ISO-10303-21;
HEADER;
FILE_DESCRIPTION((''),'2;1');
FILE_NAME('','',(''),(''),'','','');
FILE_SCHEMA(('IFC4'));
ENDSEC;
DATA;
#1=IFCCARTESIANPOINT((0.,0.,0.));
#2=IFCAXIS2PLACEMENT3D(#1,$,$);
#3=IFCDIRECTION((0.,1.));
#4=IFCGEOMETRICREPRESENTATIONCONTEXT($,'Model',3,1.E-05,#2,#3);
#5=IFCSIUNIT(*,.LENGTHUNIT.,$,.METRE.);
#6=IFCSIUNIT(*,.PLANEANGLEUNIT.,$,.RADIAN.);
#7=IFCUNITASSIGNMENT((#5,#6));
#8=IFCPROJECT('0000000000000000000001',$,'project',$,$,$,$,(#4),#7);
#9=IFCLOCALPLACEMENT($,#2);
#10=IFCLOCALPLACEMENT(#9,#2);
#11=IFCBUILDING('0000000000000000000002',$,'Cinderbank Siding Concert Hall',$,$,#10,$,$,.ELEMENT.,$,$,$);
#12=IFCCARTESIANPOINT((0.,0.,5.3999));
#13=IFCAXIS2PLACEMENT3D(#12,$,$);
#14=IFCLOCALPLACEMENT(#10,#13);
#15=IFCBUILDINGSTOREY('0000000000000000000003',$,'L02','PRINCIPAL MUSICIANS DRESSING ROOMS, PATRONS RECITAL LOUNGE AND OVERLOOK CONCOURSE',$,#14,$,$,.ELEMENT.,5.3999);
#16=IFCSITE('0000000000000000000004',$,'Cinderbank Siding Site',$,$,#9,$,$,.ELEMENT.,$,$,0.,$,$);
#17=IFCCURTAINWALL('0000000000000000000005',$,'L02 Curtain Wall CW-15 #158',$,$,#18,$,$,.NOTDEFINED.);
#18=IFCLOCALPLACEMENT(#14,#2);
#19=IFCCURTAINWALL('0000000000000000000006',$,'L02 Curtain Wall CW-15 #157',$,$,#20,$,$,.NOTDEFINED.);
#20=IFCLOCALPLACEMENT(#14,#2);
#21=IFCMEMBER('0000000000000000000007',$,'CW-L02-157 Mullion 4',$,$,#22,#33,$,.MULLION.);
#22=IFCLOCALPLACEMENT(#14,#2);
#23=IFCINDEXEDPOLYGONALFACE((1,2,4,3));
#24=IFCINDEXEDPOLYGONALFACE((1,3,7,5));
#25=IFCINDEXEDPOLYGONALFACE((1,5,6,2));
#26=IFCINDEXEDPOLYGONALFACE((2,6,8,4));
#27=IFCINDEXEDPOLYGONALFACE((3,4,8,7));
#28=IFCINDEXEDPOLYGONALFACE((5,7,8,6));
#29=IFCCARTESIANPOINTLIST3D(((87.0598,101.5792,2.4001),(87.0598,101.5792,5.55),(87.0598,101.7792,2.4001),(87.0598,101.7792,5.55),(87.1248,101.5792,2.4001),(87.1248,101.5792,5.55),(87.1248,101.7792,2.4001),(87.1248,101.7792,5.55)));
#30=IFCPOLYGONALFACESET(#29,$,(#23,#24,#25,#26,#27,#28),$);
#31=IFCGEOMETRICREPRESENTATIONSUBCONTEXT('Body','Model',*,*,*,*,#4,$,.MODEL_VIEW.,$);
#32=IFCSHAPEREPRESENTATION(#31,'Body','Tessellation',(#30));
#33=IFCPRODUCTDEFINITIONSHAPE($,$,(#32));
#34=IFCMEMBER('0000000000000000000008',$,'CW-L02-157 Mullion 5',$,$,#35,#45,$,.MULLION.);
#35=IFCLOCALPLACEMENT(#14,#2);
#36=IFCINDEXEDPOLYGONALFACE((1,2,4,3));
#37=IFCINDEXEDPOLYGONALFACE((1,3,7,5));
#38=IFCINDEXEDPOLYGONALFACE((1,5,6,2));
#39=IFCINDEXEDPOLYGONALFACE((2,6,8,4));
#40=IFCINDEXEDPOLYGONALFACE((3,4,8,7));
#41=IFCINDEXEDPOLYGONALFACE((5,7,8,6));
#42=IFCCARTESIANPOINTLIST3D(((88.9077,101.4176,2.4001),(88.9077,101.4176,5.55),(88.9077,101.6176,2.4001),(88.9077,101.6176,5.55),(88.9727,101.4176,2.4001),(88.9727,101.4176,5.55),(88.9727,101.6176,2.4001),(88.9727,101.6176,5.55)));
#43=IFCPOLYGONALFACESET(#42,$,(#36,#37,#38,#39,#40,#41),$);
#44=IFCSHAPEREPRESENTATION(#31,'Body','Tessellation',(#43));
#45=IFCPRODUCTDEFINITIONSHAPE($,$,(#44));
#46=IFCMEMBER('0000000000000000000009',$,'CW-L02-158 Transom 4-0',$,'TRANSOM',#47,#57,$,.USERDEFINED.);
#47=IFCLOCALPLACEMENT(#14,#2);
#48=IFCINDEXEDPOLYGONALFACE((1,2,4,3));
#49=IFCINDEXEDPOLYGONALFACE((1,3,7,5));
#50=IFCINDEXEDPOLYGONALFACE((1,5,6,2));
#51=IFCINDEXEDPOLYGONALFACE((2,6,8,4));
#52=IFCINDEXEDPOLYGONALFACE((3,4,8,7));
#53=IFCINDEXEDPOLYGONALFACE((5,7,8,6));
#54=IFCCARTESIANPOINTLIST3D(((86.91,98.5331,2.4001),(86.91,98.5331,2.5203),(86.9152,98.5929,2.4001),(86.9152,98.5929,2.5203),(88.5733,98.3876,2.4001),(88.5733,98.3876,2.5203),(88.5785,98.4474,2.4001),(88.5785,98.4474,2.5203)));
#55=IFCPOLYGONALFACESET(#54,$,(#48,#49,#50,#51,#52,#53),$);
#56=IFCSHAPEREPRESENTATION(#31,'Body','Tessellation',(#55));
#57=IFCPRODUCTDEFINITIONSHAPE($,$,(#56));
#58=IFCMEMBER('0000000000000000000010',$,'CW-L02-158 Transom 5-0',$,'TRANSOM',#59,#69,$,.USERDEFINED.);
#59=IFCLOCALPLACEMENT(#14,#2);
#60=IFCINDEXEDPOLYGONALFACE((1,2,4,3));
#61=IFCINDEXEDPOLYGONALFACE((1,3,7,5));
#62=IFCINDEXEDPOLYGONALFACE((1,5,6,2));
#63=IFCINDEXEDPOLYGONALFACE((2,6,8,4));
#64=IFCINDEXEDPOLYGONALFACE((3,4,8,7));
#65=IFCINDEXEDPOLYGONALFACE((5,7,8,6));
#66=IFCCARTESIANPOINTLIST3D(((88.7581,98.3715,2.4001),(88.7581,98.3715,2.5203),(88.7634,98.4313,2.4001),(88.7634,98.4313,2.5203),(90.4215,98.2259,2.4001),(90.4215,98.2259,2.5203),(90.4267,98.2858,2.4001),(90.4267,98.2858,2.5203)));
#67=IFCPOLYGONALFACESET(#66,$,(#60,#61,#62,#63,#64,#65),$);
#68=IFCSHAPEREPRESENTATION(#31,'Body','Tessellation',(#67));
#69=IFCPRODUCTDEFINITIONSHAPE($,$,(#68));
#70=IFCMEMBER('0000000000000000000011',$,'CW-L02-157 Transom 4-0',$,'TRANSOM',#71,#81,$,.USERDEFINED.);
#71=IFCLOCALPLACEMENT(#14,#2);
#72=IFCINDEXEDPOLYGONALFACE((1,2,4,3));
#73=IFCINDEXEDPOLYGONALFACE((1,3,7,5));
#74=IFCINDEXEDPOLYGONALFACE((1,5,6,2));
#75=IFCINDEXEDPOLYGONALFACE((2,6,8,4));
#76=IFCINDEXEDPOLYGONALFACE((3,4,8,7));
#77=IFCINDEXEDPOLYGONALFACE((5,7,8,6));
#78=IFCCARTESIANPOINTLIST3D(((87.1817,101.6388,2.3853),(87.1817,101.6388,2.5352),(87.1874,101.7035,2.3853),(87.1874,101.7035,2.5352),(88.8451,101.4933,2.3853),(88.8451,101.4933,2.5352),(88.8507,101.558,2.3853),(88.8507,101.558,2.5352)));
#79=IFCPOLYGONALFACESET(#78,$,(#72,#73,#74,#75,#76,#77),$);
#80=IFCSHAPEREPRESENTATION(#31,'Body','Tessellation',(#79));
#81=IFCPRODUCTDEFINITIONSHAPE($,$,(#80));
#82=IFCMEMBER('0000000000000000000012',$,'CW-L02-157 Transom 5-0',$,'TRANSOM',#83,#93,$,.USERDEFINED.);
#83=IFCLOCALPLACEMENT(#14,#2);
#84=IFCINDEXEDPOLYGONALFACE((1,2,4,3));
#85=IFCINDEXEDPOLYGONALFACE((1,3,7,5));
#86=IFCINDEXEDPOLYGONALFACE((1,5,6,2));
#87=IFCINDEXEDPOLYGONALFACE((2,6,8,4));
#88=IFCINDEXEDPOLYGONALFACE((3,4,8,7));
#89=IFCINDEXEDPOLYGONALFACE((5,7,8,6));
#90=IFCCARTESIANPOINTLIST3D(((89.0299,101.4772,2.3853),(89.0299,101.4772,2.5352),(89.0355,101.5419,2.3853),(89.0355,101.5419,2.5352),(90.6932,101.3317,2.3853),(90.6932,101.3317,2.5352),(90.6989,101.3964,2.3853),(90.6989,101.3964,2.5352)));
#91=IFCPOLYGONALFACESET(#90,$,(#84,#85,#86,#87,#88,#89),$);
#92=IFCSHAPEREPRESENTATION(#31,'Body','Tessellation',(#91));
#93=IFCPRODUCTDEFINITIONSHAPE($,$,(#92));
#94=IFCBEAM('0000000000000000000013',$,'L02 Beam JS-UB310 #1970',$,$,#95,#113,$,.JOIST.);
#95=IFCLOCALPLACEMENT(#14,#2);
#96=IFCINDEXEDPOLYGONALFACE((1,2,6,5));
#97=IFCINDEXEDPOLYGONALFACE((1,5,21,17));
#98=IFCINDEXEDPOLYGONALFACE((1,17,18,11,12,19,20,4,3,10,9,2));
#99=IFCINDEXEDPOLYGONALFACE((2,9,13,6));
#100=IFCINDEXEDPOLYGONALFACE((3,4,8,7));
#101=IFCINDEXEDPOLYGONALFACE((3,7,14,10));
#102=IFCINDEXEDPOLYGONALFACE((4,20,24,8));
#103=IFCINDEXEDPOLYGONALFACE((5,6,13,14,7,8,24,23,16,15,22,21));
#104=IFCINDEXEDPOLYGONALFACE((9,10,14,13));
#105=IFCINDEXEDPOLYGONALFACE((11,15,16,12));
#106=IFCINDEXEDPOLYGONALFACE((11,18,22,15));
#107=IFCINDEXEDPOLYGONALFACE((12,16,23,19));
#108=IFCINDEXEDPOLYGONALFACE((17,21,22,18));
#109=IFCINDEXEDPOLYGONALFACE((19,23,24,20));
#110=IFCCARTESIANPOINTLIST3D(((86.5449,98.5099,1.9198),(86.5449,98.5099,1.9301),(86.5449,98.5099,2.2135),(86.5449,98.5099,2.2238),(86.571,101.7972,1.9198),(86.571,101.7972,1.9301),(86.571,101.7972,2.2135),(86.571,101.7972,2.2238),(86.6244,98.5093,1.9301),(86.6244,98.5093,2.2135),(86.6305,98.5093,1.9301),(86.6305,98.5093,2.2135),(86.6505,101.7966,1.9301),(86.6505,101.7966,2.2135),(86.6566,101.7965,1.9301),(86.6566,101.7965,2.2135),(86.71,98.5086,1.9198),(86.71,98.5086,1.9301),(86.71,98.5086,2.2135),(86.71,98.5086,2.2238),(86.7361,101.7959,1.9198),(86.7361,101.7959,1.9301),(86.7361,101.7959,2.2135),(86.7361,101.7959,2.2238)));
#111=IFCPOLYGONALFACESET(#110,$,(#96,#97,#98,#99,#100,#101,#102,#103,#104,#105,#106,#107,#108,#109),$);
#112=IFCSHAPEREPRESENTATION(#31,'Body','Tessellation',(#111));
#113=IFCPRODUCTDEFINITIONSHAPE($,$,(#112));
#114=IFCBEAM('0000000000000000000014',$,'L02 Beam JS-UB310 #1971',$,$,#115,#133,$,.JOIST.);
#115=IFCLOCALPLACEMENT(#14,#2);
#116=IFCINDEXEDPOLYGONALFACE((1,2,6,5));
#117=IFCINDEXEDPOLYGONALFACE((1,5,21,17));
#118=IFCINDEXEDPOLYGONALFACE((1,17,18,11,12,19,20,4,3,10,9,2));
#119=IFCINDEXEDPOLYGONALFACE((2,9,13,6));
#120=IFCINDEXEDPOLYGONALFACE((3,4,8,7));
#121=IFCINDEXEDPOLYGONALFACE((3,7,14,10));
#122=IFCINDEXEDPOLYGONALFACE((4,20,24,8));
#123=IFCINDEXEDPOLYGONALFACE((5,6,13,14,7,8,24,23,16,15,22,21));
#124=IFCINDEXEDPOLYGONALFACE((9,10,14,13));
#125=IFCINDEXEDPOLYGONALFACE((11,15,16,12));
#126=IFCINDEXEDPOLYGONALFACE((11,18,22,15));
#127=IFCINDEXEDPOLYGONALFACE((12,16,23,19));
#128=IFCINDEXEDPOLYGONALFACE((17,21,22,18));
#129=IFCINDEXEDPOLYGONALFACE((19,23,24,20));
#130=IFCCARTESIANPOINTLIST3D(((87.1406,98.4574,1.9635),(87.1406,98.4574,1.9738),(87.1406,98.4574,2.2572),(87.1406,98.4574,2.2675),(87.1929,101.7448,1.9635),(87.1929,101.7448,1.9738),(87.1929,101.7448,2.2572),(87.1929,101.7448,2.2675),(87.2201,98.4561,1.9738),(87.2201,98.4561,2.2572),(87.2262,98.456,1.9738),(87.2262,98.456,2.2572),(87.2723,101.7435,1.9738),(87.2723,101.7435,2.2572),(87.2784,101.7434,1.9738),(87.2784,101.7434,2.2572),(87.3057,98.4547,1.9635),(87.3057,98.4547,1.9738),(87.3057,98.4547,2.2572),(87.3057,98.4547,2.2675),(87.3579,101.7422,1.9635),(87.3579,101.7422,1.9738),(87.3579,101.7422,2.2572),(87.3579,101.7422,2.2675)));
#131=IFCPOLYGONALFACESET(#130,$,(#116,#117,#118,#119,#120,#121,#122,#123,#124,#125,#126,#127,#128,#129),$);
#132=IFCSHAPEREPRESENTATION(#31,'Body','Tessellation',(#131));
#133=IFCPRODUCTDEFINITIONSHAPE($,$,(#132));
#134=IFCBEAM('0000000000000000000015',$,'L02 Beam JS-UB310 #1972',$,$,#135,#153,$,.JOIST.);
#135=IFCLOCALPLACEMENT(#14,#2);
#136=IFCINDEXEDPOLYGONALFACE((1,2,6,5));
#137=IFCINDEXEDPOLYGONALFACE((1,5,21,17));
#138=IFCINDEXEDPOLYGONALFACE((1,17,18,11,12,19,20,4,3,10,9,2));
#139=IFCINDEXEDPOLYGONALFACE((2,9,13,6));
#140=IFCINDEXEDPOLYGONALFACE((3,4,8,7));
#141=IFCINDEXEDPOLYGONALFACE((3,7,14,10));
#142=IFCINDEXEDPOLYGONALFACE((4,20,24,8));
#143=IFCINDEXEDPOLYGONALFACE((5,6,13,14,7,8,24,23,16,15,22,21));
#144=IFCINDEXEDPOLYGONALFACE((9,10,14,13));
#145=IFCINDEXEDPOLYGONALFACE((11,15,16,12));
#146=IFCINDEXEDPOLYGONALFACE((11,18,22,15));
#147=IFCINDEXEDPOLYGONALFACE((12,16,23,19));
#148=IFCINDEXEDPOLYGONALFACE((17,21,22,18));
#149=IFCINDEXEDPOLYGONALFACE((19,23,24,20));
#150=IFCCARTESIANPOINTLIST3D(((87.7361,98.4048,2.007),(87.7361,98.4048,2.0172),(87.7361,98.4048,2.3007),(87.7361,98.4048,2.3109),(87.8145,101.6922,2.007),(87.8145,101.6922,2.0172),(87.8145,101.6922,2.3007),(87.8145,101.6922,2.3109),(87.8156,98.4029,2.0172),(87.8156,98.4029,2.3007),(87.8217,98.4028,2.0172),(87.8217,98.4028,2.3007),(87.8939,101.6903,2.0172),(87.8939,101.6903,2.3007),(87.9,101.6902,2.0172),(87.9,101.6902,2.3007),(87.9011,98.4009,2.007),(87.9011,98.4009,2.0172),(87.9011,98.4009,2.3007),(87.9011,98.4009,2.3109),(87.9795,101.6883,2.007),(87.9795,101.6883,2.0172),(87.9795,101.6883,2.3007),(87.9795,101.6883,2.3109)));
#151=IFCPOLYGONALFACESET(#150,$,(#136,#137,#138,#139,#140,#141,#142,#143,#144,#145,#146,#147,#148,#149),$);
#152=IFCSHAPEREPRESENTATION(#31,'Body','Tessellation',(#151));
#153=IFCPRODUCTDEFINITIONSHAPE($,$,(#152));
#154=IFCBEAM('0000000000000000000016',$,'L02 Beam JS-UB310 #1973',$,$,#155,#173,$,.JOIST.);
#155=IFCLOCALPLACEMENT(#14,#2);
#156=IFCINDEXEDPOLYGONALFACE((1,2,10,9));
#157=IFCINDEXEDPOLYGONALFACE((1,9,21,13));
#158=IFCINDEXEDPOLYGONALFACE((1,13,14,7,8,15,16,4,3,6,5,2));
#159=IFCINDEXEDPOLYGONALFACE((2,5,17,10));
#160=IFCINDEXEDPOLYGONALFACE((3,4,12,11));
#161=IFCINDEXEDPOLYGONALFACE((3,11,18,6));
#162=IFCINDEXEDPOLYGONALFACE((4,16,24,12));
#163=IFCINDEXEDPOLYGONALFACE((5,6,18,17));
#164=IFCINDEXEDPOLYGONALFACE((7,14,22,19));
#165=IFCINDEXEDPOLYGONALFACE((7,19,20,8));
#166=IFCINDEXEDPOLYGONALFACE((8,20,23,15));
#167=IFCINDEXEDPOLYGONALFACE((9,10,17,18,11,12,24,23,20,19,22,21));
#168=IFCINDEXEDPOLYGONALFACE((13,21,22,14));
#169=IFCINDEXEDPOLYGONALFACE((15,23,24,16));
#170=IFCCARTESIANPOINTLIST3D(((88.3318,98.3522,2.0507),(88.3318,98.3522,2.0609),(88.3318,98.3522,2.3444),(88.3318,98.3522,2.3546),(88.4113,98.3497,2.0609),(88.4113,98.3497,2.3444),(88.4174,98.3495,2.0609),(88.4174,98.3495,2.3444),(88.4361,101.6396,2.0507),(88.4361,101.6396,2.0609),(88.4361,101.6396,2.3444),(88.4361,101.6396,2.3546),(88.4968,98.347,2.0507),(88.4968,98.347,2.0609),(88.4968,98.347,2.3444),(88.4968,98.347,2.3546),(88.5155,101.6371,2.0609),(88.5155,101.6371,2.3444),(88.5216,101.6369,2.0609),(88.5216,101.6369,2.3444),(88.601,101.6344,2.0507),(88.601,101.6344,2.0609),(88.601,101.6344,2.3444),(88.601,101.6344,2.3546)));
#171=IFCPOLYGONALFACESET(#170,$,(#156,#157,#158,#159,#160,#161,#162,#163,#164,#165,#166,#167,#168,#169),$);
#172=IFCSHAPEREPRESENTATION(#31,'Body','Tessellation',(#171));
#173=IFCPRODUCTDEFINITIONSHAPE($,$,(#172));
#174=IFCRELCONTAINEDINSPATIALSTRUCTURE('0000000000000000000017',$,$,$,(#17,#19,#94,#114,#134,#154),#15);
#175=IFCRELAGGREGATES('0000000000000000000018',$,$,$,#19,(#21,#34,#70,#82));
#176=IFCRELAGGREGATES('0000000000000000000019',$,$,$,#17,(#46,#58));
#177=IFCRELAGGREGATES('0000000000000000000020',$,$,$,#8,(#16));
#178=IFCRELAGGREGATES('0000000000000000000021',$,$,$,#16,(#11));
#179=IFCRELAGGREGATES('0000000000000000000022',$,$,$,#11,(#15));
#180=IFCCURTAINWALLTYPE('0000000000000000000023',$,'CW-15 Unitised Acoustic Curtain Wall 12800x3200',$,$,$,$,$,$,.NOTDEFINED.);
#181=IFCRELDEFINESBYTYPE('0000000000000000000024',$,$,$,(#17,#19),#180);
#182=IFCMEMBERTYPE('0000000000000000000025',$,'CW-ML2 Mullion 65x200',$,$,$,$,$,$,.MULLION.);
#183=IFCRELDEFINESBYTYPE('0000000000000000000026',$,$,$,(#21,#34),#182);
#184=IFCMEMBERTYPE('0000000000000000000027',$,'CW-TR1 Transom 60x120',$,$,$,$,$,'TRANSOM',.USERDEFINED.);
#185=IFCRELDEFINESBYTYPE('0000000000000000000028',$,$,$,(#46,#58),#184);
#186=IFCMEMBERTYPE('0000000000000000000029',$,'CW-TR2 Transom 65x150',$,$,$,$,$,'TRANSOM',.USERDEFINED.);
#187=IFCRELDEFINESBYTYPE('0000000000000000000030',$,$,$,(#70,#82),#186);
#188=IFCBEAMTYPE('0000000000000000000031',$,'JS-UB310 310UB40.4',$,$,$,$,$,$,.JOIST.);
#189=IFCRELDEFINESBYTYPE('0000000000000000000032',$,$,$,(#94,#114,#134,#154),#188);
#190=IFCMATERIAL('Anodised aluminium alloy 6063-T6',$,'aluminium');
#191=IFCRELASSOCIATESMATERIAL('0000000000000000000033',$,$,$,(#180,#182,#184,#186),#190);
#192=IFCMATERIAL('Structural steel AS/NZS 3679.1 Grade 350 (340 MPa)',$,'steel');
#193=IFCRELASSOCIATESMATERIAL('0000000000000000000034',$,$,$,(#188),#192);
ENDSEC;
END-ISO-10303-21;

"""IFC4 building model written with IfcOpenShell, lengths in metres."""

from ifc_helpers import new_model, si_unit, direction, frame, origin, origin_2d, place, context, subcontext, project, spatial, rectangle, i_section, extrude, material, material_profile, profile_set, type_object, element, aggregate, save


model = new_model("IFC4")

# Units and contexts
model_context = context("Model", 3, precision=1e-05, world=origin(), true_north=direction((0.0, 1.0)))
body_context = subcontext(model_context, "Body", "Model", "MODEL_VIEW")
ifc_project = project(units=[si_unit("LENGTHUNIT", "METRE"), si_unit("PLANEANGLEUNIT", "RADIAN")], contexts=[model_context])

# Site, building, storey
site_placement = place(None, origin())
site = spatial("IfcSite", under=ifc_project, at=site_placement, Name="Cinderbank Siding Site", CompositionType="ELEMENT", RefElevation=0.0)
building_placement = place(site_placement, origin())
building = spatial("IfcBuilding", under=site, at=building_placement, Name="Cinderbank Siding Concert Hall", CompositionType="ELEMENT")
storey_placement = place(building_placement, frame((0.0, 0.0, 5.3999)))
storey = spatial("IfcBuildingStorey", under=building, at=storey_placement, Name="L02", Description="PRINCIPAL MUSICIANS DRESSING ROOMS, PATRONS RECITAL LOUNGE AND OVERLOOK CONCOURSE", CompositionType="ELEMENT", Elevation=5.3999)

# Curtain walls, members
ifc_material_1 = material(Name="Anodised aluminium alloy 6063-T6", Category="aluminium")
curtain_wall_type = type_object("IfcCurtainWallType", Name="CW-15 Unitised Acoustic Curtain Wall 12800x3200", PredefinedType="NOTDEFINED", material=ifc_material_1)
curtain_wall_1_placement = place(storey_placement, origin())
curtain_wall_1 = element("IfcCurtainWall", 1, at=curtain_wall_1_placement, inside=storey, type_object=curtain_wall_type, Name="L02 Curtain Wall CW-15 #158", PredefinedType="NOTDEFINED")
curtain_wall_2_placement = place(storey_placement, origin())
curtain_wall_2 = element("IfcCurtainWall", 2, at=curtain_wall_2_placement, inside=storey, type_object=curtain_wall_type, Name="L02 Curtain Wall CW-15 #157", PredefinedType="NOTDEFINED")
ifc_material_profile_1 = material_profile(ifc_material_1, rectangle(XDim=0.0649, YDim=0.2, at=origin_2d()), Name="ALU-MULL-65x200", Category="LoadBearing")
ifc_profile_set_1 = profile_set([ifc_material_profile_1], Name="Anodised aluminium alloy 6063-T6")
member_type_1 = type_object("IfcMemberType", Name="CW-ML2 Mullion 65x200", PredefinedType="MULLION", material=ifc_profile_set_1)
member_1_placement = place(storey_placement, frame((87.0923, 101.6792, 2.4001), z_axis=(0.0, 0.0, 1.0), x_axis=(1.0, 0.0, 0.0)))
member_1 = element("IfcMember", 3, at=member_1_placement, type_object=member_type_1, Name="CW-L02-157 Mullion 4", PredefinedType="MULLION", context=body_context, shape_type="SweptSolid", body=[
    extrude(rectangle(XDim=0.0649, YDim=0.2, at=origin_2d()), origin(), (0.0, 0.0, 1.0), 3.1499),
])
member_2_placement = place(storey_placement, frame((88.9402, 101.5176, 2.4001), z_axis=(0.0, 0.0, 1.0), x_axis=(1.0, 0.0, 0.0)))
member_2 = element("IfcMember", 4, at=member_2_placement, type_object=member_type_1, Name="CW-L02-157 Mullion 5", PredefinedType="MULLION", context=body_context, shape_type="SweptSolid", body=[
    extrude(rectangle(XDim=0.0649, YDim=0.2, at=origin_2d()), origin(), (0.0, 0.0, 1.0), 3.1499),
])

# Members
ifc_material_profile_2 = material_profile(ifc_material_1, rectangle(XDim=0.0601, YDim=0.1201, at=origin_2d()), Name="ALU-TRAN-60x120", Category="LoadBearing")
ifc_profile_set_2 = profile_set([ifc_material_profile_2], Name="Anodised aluminium alloy 6063-T6")
member_type_2 = type_object("IfcMemberType", Name="CW-TR1 Transom 60x120", ElementType="TRANSOM", PredefinedType="USERDEFINED", material=ifc_profile_set_2)
member_3_placement = place(storey_placement, frame((86.9126, 98.563, 2.4602), z_axis=(0.996195, -0.087147, 0.0), x_axis=(0.087147, 0.996195, 0.0)))
member_3 = element("IfcMember", 5, at=member_3_placement, type_object=member_type_2, Name="CW-L02-158 Transom 4-0", ObjectType="TRANSOM", PredefinedType="USERDEFINED", context=body_context, shape_type="SweptSolid", body=[
    extrude(rectangle(XDim=0.0601, YDim=0.1201, at=origin_2d()), origin(), (0.0, 0.0, 1.0), 1.6697),
])
member_4_placement = place(storey_placement, frame((88.7607, 98.4014, 2.4602), z_axis=(0.996195, -0.087147, 0.0), x_axis=(0.087147, 0.996195, 0.0)))
member_4 = element("IfcMember", 6, at=member_4_placement, type_object=member_type_2, Name="CW-L02-158 Transom 5-0", ObjectType="TRANSOM", PredefinedType="USERDEFINED", context=body_context, shape_type="SweptSolid", body=[
    extrude(rectangle(XDim=0.0601, YDim=0.1201, at=origin_2d()), origin(), (0.0, 0.0, 1.0), 1.6697),
])
ifc_material_profile_3 = material_profile(ifc_material_1, rectangle(XDim=0.0649, YDim=0.1499, at=origin_2d()), Name="ALU-TRAN-65x150", Category="LoadBearing")
ifc_profile_set_3 = profile_set([ifc_material_profile_3], Name="Anodised aluminium alloy 6063-T6")
member_type_3 = type_object("IfcMemberType", Name="CW-TR2 Transom 65x150", ElementType="TRANSOM", PredefinedType="USERDEFINED", material=ifc_profile_set_3)
member_5_placement = place(storey_placement, frame((87.1846, 101.6711, 2.4602), z_axis=(0.996195, -0.087147, 0.0), x_axis=(0.087147, 0.996195, 0.0)))
member_5 = element("IfcMember", 7, at=member_5_placement, type_object=member_type_3, Name="CW-L02-157 Transom 4-0", ObjectType="TRANSOM", PredefinedType="USERDEFINED", context=body_context, shape_type="SweptSolid", body=[
    extrude(rectangle(XDim=0.0649, YDim=0.1499, at=origin_2d()), origin(), (0.0, 0.0, 1.0), 1.6697),
])
member_6_placement = place(storey_placement, frame((89.0327, 101.5095, 2.4602), z_axis=(0.996195, -0.087147, 0.0), x_axis=(0.087147, 0.996195, 0.0)))
member_6 = element("IfcMember", 8, at=member_6_placement, type_object=member_type_3, Name="CW-L02-157 Transom 5-0", ObjectType="TRANSOM", PredefinedType="USERDEFINED", context=body_context, shape_type="SweptSolid", body=[
    extrude(rectangle(XDim=0.0649, YDim=0.1499, at=origin_2d()), origin(), (0.0, 0.0, 1.0), 1.6697),
])

# Beams
ifc_material_2 = material(Name="Structural steel AS/NZS 3679.1 Grade 350 (340 MPa)", Category="steel")
ifc_material_profile_4 = material_profile(ifc_material_2, i_section(OverallWidth=0.165, OverallDepth=0.304, WebThickness=0.0061, FlangeThickness=0.0103, at=origin_2d()), Name="310UB40.4", Category="LoadBearing")
ifc_profile_set_4 = profile_set([ifc_material_profile_4], Name="Structural steel AS/NZS 3679.1 Grade 350 (340 MPa)")
beam_type = type_object("IfcBeamType", Name="JS-UB310 310UB40.4", PredefinedType="JOIST", material=ifc_profile_set_4)
beam_1_placement = place(storey_placement, frame((86.6274, 98.5093, 2.0718), z_axis=(0.007946, 0.999968, 0.0), x_axis=(-0.999968, 0.007946, 0.0)))
element("IfcBeam", 9, at=beam_1_placement, inside=storey, type_object=beam_type, Name="L02 Beam JS-UB310 #1970", PredefinedType="JOIST", context=body_context, shape_type="SweptSolid", body=[
    extrude(i_section(OverallWidth=0.165, OverallDepth=0.304, WebThickness=0.0061, FlangeThickness=0.0103, at=origin_2d()), origin(), (0.0, 0.0, 1.0), 3.2874),
])
beam_2_placement = place(storey_placement, frame((87.2231, 98.4561, 2.1155), z_axis=(0.015891, 0.999874, 0.0), x_axis=(-0.999874, 0.015891, 0.0)))
element("IfcBeam", 10, at=beam_2_placement, inside=storey, type_object=beam_type, Name="L02 Beam JS-UB310 #1971", PredefinedType="JOIST", context=body_context, shape_type="SweptSolid", body=[
    extrude(i_section(OverallWidth=0.165, OverallDepth=0.304, WebThickness=0.0061, FlangeThickness=0.0103, at=origin_2d()), origin(), (0.0, 0.0, 1.0), 3.2878),
])
beam_3_placement = place(storey_placement, frame((87.8186, 98.4028, 2.1589), z_axis=(0.023833, 0.999716, 0.0), x_axis=(-0.999716, 0.023833, 0.0)))
element("IfcBeam", 11, at=beam_3_placement, inside=storey, type_object=beam_type, Name="L02 Beam JS-UB310 #1972", PredefinedType="JOIST", context=body_context, shape_type="SweptSolid", body=[
    extrude(i_section(OverallWidth=0.165, OverallDepth=0.304, WebThickness=0.0061, FlangeThickness=0.0103, at=origin_2d()), origin(), (0.0, 0.0, 1.0), 3.2883),
])
beam_4_placement = place(storey_placement, frame((88.4143, 98.3496, 2.2026), z_axis=(0.031696, 0.999498, 0.0), x_axis=(-0.999498, 0.031696, 0.0)))
element("IfcBeam", 12, at=beam_4_placement, inside=storey, type_object=beam_type, Name="L02 Beam JS-UB310 #1973", PredefinedType="JOIST", context=body_context, shape_type="SweptSolid", body=[
    extrude(i_section(OverallWidth=0.165, OverallDepth=0.304, WebThickness=0.0061, FlangeThickness=0.0103, at=origin_2d()), origin(), (0.0, 0.0, 1.0), 3.2891),
])

aggregate(curtain_wall_2, [member_1, member_2, member_5, member_6])
aggregate(curtain_wall_1, [member_3, member_4])

save(model, "model.ifc")
